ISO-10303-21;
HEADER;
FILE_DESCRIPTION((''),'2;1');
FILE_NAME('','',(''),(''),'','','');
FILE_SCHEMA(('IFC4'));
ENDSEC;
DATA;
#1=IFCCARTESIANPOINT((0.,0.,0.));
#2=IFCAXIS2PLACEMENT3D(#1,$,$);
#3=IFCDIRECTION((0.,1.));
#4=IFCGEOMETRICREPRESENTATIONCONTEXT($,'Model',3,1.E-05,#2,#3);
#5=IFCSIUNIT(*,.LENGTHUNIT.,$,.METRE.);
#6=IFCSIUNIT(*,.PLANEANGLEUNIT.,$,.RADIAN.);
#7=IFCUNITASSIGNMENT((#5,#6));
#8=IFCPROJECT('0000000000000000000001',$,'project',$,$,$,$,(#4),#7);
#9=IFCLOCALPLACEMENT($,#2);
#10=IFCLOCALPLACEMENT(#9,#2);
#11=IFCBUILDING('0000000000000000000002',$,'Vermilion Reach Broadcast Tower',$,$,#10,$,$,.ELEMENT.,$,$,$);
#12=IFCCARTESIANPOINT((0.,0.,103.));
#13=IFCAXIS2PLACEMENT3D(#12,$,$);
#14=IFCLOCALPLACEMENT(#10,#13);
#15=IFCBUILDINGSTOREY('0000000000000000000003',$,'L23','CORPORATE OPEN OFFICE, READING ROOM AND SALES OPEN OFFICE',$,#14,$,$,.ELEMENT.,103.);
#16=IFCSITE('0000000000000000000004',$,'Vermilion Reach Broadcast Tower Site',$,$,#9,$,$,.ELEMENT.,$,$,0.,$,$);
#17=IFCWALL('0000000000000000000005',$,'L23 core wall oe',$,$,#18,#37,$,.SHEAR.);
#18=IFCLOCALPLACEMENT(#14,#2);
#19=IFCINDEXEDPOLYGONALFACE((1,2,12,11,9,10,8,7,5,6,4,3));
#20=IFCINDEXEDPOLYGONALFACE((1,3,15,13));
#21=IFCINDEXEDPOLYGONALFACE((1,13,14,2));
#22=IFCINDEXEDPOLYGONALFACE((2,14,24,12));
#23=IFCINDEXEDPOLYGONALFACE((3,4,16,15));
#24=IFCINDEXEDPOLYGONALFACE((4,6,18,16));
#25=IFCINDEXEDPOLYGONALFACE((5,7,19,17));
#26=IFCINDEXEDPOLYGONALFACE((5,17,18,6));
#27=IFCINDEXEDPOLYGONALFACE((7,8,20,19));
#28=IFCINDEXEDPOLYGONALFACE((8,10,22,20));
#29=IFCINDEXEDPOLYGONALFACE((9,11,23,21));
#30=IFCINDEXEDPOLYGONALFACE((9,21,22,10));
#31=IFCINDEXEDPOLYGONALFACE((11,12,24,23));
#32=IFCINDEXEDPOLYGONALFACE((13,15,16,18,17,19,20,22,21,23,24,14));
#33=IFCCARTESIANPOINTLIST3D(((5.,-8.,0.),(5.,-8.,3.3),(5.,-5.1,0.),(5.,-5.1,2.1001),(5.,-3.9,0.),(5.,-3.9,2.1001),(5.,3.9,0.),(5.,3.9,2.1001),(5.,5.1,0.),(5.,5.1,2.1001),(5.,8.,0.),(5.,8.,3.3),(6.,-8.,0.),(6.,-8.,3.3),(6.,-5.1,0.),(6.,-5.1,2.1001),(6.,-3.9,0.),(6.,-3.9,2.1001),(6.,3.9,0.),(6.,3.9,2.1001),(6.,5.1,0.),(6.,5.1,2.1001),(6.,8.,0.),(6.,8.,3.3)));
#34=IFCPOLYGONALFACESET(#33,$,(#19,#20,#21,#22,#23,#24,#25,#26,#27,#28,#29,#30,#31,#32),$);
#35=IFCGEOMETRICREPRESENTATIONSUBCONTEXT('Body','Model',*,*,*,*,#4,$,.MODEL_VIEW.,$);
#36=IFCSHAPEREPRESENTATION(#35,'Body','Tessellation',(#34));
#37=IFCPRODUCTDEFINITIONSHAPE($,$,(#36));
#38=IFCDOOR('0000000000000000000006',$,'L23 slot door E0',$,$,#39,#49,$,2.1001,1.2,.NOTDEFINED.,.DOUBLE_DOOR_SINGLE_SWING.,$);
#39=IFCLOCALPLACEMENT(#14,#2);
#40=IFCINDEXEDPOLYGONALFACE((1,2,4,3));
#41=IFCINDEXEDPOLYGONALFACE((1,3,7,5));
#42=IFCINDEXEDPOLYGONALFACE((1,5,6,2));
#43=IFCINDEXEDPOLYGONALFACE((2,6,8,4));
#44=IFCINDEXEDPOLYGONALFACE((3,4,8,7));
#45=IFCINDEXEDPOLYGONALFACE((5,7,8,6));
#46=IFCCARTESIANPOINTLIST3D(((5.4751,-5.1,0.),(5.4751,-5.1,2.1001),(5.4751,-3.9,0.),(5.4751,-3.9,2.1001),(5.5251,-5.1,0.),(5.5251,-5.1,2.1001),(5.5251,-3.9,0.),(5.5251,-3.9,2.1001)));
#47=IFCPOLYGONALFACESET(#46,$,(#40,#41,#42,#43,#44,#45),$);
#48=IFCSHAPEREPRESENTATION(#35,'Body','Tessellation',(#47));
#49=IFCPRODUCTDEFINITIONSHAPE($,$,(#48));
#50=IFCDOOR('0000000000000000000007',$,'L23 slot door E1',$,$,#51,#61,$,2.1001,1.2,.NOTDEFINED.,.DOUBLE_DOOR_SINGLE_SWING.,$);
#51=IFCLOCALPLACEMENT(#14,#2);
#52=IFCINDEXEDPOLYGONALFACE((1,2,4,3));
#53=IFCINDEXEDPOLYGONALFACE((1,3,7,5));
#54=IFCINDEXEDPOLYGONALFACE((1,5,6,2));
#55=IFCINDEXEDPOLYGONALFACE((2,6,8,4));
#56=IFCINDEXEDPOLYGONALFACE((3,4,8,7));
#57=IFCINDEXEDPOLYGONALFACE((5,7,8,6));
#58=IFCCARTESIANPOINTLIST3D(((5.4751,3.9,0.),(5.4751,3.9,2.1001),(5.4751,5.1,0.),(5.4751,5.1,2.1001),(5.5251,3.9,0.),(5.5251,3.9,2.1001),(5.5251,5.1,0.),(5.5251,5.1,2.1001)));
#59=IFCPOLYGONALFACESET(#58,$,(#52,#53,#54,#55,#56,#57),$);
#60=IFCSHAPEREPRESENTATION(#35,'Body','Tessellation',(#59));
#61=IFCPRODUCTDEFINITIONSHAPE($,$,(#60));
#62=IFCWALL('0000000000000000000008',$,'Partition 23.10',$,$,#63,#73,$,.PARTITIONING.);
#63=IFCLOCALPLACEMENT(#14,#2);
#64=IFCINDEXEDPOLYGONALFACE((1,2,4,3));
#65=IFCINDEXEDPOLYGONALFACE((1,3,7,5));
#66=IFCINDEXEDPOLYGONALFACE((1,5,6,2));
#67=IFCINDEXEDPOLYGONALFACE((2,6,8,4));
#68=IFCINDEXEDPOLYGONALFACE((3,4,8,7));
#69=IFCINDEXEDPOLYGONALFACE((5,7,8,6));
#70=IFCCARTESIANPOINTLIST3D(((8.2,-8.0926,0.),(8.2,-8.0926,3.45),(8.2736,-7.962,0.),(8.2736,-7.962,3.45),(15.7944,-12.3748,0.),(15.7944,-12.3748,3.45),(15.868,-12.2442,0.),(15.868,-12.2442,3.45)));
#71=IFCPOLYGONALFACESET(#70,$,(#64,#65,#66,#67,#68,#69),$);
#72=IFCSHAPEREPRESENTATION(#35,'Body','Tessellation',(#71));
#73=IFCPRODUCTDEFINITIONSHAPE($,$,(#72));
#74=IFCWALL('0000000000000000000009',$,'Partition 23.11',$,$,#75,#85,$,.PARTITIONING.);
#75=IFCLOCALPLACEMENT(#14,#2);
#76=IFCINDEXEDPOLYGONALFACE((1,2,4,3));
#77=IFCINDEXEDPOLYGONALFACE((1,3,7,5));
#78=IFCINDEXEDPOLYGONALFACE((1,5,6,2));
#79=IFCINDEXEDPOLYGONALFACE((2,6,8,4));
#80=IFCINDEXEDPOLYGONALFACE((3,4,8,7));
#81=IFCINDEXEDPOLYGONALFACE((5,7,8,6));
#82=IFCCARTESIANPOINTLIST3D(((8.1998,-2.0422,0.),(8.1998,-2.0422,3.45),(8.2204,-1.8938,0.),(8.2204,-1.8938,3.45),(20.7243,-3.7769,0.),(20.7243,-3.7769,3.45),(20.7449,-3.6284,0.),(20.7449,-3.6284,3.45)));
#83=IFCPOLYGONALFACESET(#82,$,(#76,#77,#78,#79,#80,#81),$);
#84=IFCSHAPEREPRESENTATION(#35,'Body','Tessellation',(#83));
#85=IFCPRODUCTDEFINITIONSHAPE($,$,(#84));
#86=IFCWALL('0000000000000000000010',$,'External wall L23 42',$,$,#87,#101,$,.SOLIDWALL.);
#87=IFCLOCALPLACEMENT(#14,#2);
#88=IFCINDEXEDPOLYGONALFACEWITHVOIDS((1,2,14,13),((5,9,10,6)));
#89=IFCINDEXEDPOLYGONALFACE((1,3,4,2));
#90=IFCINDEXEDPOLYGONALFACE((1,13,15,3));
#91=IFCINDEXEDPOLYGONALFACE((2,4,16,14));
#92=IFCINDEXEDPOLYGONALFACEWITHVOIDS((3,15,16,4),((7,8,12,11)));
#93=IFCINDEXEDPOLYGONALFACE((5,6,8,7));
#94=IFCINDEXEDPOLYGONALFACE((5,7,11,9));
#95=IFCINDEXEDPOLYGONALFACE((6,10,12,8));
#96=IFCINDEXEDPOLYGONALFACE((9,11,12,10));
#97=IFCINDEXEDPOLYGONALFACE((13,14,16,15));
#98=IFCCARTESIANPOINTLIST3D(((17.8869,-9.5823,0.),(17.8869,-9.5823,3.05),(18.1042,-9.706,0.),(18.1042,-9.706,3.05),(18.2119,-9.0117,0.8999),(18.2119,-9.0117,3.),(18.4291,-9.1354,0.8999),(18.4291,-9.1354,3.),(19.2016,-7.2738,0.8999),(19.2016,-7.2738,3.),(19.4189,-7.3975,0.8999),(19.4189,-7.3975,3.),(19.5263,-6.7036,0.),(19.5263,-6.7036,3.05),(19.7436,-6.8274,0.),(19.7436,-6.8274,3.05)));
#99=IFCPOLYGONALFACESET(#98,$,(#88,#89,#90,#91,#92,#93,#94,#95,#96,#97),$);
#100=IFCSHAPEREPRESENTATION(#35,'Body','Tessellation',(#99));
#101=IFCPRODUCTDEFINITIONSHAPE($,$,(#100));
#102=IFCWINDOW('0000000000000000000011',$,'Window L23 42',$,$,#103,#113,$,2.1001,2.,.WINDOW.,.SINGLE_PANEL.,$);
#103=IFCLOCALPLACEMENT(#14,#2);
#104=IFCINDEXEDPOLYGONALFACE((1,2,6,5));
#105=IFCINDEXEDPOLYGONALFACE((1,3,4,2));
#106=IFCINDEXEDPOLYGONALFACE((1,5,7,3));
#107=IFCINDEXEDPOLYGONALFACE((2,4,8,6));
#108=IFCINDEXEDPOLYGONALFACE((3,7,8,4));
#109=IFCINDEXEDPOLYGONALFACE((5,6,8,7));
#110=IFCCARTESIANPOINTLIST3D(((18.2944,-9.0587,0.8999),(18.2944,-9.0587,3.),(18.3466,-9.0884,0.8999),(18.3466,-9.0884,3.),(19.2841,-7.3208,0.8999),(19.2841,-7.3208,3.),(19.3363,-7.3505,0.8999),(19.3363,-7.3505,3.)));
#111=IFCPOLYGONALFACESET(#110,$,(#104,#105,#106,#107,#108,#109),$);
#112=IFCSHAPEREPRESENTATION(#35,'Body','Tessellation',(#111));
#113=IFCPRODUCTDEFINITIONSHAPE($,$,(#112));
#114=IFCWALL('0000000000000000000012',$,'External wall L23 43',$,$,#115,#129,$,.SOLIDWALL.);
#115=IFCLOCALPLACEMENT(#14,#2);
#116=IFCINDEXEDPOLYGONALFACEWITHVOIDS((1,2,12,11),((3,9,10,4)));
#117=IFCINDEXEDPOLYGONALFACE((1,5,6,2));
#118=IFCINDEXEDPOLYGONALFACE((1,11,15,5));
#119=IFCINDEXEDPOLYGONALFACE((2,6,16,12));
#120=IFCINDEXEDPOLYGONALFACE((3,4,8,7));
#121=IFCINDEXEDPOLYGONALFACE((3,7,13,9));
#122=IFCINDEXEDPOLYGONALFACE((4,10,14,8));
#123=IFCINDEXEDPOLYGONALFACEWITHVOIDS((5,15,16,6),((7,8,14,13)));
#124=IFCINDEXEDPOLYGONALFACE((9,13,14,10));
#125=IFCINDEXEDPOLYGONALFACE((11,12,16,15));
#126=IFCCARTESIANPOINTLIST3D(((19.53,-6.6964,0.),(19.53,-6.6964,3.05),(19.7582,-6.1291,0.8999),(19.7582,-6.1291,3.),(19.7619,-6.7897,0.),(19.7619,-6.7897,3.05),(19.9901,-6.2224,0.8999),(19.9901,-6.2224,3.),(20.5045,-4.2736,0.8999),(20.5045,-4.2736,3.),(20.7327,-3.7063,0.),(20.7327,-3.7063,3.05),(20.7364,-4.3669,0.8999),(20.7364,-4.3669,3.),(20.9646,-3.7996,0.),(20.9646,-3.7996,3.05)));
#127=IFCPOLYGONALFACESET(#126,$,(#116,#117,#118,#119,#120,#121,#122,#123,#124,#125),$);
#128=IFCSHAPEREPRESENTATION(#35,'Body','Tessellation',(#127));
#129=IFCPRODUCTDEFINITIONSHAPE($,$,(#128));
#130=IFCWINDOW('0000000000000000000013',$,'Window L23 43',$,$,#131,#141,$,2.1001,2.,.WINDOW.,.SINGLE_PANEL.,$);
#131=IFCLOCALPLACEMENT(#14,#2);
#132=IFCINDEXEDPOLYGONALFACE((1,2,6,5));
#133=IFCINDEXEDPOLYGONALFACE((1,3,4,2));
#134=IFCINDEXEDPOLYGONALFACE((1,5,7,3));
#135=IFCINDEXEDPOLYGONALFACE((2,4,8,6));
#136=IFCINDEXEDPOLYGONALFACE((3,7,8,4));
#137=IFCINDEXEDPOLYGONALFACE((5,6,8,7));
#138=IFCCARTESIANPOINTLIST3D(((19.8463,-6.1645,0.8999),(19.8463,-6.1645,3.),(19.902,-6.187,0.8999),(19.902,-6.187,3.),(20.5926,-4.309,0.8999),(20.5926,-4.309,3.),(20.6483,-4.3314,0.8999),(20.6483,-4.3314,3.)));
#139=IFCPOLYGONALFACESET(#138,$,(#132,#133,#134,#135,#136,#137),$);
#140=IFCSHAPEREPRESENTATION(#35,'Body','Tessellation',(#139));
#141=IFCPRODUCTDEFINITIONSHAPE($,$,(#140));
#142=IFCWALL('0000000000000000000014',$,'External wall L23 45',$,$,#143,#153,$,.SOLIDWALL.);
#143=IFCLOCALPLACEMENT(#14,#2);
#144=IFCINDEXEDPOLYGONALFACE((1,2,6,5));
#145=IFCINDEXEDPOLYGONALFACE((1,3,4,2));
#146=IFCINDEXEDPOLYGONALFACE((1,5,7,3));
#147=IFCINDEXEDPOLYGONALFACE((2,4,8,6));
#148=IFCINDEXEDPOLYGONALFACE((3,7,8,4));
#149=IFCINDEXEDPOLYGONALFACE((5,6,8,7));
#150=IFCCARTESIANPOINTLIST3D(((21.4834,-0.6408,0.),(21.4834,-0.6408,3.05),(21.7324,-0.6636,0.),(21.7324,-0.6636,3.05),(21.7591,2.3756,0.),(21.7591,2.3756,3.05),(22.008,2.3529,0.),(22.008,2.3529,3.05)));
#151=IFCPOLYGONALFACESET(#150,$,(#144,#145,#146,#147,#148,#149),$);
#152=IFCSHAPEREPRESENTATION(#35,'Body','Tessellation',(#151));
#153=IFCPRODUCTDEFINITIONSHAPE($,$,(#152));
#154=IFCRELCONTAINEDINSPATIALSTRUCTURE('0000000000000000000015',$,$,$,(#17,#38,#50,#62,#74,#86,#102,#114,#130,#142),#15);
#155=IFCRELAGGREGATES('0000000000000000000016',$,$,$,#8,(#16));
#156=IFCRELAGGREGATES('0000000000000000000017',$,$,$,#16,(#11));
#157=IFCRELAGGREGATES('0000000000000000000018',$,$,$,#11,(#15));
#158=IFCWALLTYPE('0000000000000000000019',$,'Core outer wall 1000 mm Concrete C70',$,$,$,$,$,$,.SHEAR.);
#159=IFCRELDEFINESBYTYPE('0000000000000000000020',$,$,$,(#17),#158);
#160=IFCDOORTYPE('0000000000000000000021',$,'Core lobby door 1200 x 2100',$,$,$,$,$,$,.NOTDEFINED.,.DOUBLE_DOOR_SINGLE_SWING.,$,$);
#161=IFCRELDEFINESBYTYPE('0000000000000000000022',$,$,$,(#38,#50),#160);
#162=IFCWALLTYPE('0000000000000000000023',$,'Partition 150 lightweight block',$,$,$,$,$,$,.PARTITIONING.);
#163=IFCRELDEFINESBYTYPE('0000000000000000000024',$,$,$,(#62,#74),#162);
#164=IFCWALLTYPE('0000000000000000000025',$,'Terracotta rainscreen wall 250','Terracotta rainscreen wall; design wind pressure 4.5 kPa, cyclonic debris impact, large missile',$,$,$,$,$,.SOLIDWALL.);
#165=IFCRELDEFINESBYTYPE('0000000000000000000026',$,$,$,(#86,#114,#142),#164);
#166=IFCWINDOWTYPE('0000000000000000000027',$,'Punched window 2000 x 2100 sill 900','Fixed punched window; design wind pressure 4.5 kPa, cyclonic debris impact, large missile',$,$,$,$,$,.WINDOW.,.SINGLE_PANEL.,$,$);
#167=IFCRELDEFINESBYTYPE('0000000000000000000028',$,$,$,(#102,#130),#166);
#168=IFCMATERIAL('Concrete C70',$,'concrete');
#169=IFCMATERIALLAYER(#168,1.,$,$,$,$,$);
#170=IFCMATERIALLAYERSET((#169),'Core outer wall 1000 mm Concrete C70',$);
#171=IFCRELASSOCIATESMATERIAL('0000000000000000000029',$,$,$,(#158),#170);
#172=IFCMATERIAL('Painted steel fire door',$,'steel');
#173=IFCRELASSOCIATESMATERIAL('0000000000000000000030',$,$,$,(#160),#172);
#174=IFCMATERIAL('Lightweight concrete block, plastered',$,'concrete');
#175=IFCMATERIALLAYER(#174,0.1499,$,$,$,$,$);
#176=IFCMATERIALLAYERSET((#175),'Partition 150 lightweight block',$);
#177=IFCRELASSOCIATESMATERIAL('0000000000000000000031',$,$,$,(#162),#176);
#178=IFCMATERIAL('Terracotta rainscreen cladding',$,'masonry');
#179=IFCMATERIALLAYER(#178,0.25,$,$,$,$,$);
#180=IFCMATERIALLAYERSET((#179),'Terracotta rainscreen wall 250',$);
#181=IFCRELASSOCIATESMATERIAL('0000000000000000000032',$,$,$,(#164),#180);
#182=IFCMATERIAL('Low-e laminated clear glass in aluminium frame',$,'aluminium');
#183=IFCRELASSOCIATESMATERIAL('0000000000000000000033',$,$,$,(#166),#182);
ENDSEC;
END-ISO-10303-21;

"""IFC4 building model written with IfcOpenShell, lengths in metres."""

from ifc_helpers import new_model, si_unit, direction, frame, frame_2d, origin, place, context, subcontext, project, spatial, rectangle, extrude, material, layer, layer_set, type_object, element, fill, save


model = new_model("IFC4")

# Units and contexts
model_context = context("Model", 3, precision=1e-05, world=origin(), true_north=direction((0.0, 1.0)))
body_context = subcontext(model_context, "Body", "Model", "MODEL_VIEW")
ifc_project = project(units=[si_unit("LENGTHUNIT", "METRE"), si_unit("PLANEANGLEUNIT", "RADIAN")], contexts=[model_context])

# Site, building, storey
site_placement = place(None, origin())
site = spatial("IfcSite", under=ifc_project, at=site_placement, Name="Vermilion Reach Broadcast Tower Site", CompositionType="ELEMENT", RefElevation=0.0)
building_placement = place(site_placement, origin())
building = spatial("IfcBuilding", under=site, at=building_placement, Name="Vermilion Reach Broadcast Tower", CompositionType="ELEMENT")
storey_placement = place(building_placement, frame((0.0, 0.0, 103.0)))
storey = spatial("IfcBuildingStorey", under=building, at=storey_placement, Name="L23", Description="CORPORATE OPEN OFFICE, READING ROOM AND SALES OPEN OFFICE", CompositionType="ELEMENT", Elevation=103.0)

# Wall, openings, doors
ifc_material_1 = material(Name="Concrete C70", Category="concrete")
ifc_layer_1 = layer(ifc_material_1, 1.0)
ifc_layer_set_1 = layer_set([ifc_layer_1], Name="Core outer wall 1000 mm Concrete C70")
wall_type_1 = type_object("IfcWallType", Name="Core outer wall 1000 mm Concrete C70", PredefinedType="SHEAR", material=ifc_layer_set_1)
wall_1_placement = place(storey_placement, frame((5.5, -8.0, 0.0), z_axis=(0.0, 0.0, 1.0), x_axis=(0.0, 1.0, 0.0)))
wall_1 = element("IfcWall", 1, at=wall_1_placement, inside=storey, type_object=wall_type_1, Name="L23 core wall oe", PredefinedType="SHEAR", context=body_context, shape_type="SweptSolid", body=[
    extrude(rectangle(XDim=16.0, YDim=1.0, at=frame_2d((8.0, 0.0))), origin(), (0.0, 0.0, 1.0), 3.3),
])
opening_1_placement = place(wall_1_placement, frame((2.8999, 0.0, 0.0)))
opening_1 = element("IfcOpeningElement", 2, at=opening_1_placement, cuts=wall_1, PredefinedType="OPENING", context=body_context, shape_type="SweptSolid", body=[
    extrude(rectangle(XDim=1.2, YDim=2.1001, at=frame_2d((0.6001, 1.05))), frame((0.0, 0.51, 0.0), z_axis=(0.0, -1.0, 0.0), x_axis=(1.0, 0.0, 0.0)), (0.0, 0.0, 1.0), 1.02),
])
opening_2_placement = place(wall_1_placement, frame((11.8999, 0.0, 0.0)))
opening_2 = element("IfcOpeningElement", 3, at=opening_2_placement, cuts=wall_1, PredefinedType="OPENING", context=body_context, shape_type="SweptSolid", body=[
    extrude(rectangle(XDim=1.2, YDim=2.1001, at=frame_2d((0.6001, 1.05))), frame((0.0, 0.51, 0.0), z_axis=(0.0, -1.0, 0.0), x_axis=(1.0, 0.0, 0.0)), (0.0, 0.0, 1.0), 1.02),
])
ifc_material_2 = material(Name="Painted steel fire door", Category="steel")
door_type_1 = type_object("IfcDoorType", Name="Core lobby door 1200 x 2100", OperationType="DOUBLE_DOOR_SINGLE_SWING", PredefinedType="NOTDEFINED", material=ifc_material_2)
door_1_placement = place(opening_1_placement, origin())
door_1 = element("IfcDoor", 4, at=door_1_placement, inside=storey, type_object=door_type_1, Name="L23 slot door E0", OperationType="DOUBLE_DOOR_SINGLE_SWING", OverallHeight=2.1001, OverallWidth=1.2, PredefinedType="NOTDEFINED", context=body_context, shape_type="SweptSolid", body=[
    extrude(rectangle(XDim=1.2, YDim=2.1001, at=frame_2d((0.6001, 1.05))), frame((0.0, 0.0249, 0.0), z_axis=(0.0, -1.0, 0.0), x_axis=(1.0, 0.0, 0.0)), (0.0, 0.0, 1.0), 0.05),
])
fill(opening_1, door_1)
door_2_placement = place(opening_2_placement, origin())
door_2 = element("IfcDoor", 5, at=door_2_placement, inside=storey, type_object=door_type_1, Name="L23 slot door E1", OperationType="DOUBLE_DOOR_SINGLE_SWING", OverallHeight=2.1001, OverallWidth=1.2, PredefinedType="NOTDEFINED", context=body_context, shape_type="SweptSolid", body=[
    extrude(rectangle(XDim=1.2, YDim=2.1001, at=frame_2d((0.6001, 1.05))), frame((0.0, 0.0249, 0.0), z_axis=(0.0, -1.0, 0.0), x_axis=(1.0, 0.0, 0.0)), (0.0, 0.0, 1.0), 0.05),
])
fill(opening_2, door_2)

# Walls
ifc_material_3 = material(Name="Lightweight concrete block, plastered", Category="concrete")
ifc_layer_2 = layer(ifc_material_3, 0.1499)
ifc_layer_set_2 = layer_set([ifc_layer_2], Name="Partition 150 lightweight block")
wall_type_2 = type_object("IfcWallType", Name="Partition 150 lightweight block", PredefinedType="PARTITIONING", material=ifc_layer_set_2)
wall_2_placement = place(storey_placement, frame((15.8313, -12.3096, 0.0), z_axis=(0.0, 0.0, 1.0), x_axis=(-0.871069, 0.491161, 0.0)))
element("IfcWall", 6, at=wall_2_placement, inside=storey, type_object=wall_type_2, Name="Partition 23.10", PredefinedType="PARTITIONING", context=body_context, shape_type="SweptSolid", body=[
    extrude(rectangle(XDim=8.7185, YDim=0.1499, at=frame_2d((4.3594, 0.0))), origin(), (0.0, 0.0, 1.0), 3.45),
])
wall_3_placement = place(storey_placement, frame((20.7346, -3.7026, 0.0), z_axis=(0.0, 0.0, 1.0), x_axis=(-0.990545, 0.137189, 0.0)))
element("IfcWall", 7, at=wall_3_placement, inside=storey, type_object=wall_type_2, Name="Partition 23.11", PredefinedType="PARTITIONING", context=body_context, shape_type="SweptSolid", body=[
    extrude(rectangle(XDim=12.644, YDim=0.1499, at=frame_2d((6.322, 0.0))), origin(), (0.0, 0.0, 1.0), 3.45),
])

# Walls, openings, windows
ifc_material_4 = material(Name="Terracotta rainscreen cladding", Category="masonry")
ifc_layer_3 = layer(ifc_material_4, 0.25)
ifc_layer_set_3 = layer_set([ifc_layer_3], Name="Terracotta rainscreen wall 250")
wall_type_3 = type_object("IfcWallType", Name="Terracotta rainscreen wall 250", Description="Terracotta rainscreen wall; design wind pressure 4.5 kPa, cyclonic debris impact, large missile", PredefinedType="SOLIDWALL", material=ifc_layer_set_3)
wall_4_placement = place(storey_placement, frame((17.9956, -9.644, 0.0), z_axis=(0.0, 0.0, 1.0), x_axis=(0.494876, 0.868963, 0.0)))
wall_4 = element("IfcWall", 8, at=wall_4_placement, inside=storey, type_object=wall_type_3, Name="External wall L23 42", PredefinedType="SOLIDWALL", context=body_context, shape_type="SweptSolid", body=[
    extrude(rectangle(XDim=3.3127, YDim=0.25, at=frame_2d((1.6562, 0.0))), origin(), (0.0, 0.0, 1.0), 3.05),
])
opening_3_placement = place(wall_4_placement, frame((0.6565, 0.0, 0.8999)))
opening_3 = element("IfcOpeningElement", 9, at=opening_3_placement, cuts=wall_4, PredefinedType="OPENING", context=body_context, shape_type="SweptSolid", body=[
    extrude(rectangle(XDim=2.0, YDim=2.1001, at=frame_2d((1.0, 1.05))), frame((0.0, 0.135, 0.0), z_axis=(0.0, -1.0, 0.0), x_axis=(1.0, 0.0, 0.0)), (0.0, 0.0, 1.0), 0.27),
])
ifc_material_5 = material(Name="Low-e laminated clear glass in aluminium frame", Category="aluminium")
window_type = type_object("IfcWindowType", Name="Punched window 2000 x 2100 sill 900", Description="Fixed punched window; design wind pressure 4.5 kPa, cyclonic debris impact, large missile", PartitioningType="SINGLE_PANEL", PredefinedType="WINDOW", material=ifc_material_5)
window_1_placement = place(opening_3_placement, origin())
window_1 = element("IfcWindow", 10, at=window_1_placement, inside=storey, type_object=window_type, Name="Window L23 42", OverallHeight=2.1001, OverallWidth=2.0, PartitioningType="SINGLE_PANEL", PredefinedType="WINDOW", context=body_context, shape_type="SweptSolid", body=[
    extrude(rectangle(XDim=2.0, YDim=2.1001, at=frame_2d((1.0, 1.05))), frame((0.0, 0.03, 0.0), z_axis=(0.0, -1.0, 0.0), x_axis=(1.0, 0.0, 0.0)), (0.0, 0.0, 1.0), 0.0601),
])
fill(opening_3, window_1)
wall_5_placement = place(storey_placement, frame((19.646, -6.7429, 0.0), z_axis=(0.0, 0.0, 1.0), x_axis=(0.373166, 0.927764, 0.0)))
wall_5 = element("IfcWall", 11, at=wall_5_placement, inside=storey, type_object=wall_type_3, Name="External wall L23 43", PredefinedType="SOLIDWALL", context=body_context, shape_type="SweptSolid", body=[
    extrude(rectangle(XDim=3.2229, YDim=0.25, at=frame_2d((1.6113, 0.0))), origin(), (0.0, 0.0, 1.0), 3.05),
])
opening_4_placement = place(wall_5_placement, frame((0.6113, 0.0, 0.8999)))
opening_4 = element("IfcOpeningElement", 12, at=opening_4_placement, cuts=wall_5, PredefinedType="OPENING", context=body_context, shape_type="SweptSolid", body=[
    extrude(rectangle(XDim=2.0, YDim=2.1001, at=frame_2d((1.0, 1.05))), frame((0.0, 0.135, 0.0), z_axis=(0.0, -1.0, 0.0), x_axis=(1.0, 0.0, 0.0)), (0.0, 0.0, 1.0), 0.27),
])
window_2_placement = place(opening_4_placement, origin())
window_2 = element("IfcWindow", 13, at=window_2_placement, inside=storey, type_object=window_type, Name="Window L23 43", OverallHeight=2.1001, OverallWidth=2.0, PartitioningType="SINGLE_PANEL", PredefinedType="WINDOW", context=body_context, shape_type="SweptSolid", body=[
    extrude(rectangle(XDim=2.0, YDim=2.1001, at=frame_2d((1.0, 1.05))), frame((0.0, 0.03, 0.0), z_axis=(0.0, -1.0, 0.0), x_axis=(1.0, 0.0, 0.0)), (0.0, 0.0, 1.0), 0.0601),
])
fill(opening_4, window_2)

# Wall
wall_6_placement = place(storey_placement, frame((21.6079, -0.6523, 0.0), z_axis=(0.0, 0.0, 1.0), x_axis=(0.090994, 0.995851, 0.0)))
element("IfcWall", 14, at=wall_6_placement, inside=storey, type_object=wall_type_3, Name="External wall L23 45", PredefinedType="SOLIDWALL", context=body_context, shape_type="SweptSolid", body=[
    extrude(rectangle(XDim=3.0291, YDim=0.25, at=frame_2d((1.5146, 0.0))), origin(), (0.0, 0.0, 1.0), 3.05),
])

save(model, "model.ifc")
